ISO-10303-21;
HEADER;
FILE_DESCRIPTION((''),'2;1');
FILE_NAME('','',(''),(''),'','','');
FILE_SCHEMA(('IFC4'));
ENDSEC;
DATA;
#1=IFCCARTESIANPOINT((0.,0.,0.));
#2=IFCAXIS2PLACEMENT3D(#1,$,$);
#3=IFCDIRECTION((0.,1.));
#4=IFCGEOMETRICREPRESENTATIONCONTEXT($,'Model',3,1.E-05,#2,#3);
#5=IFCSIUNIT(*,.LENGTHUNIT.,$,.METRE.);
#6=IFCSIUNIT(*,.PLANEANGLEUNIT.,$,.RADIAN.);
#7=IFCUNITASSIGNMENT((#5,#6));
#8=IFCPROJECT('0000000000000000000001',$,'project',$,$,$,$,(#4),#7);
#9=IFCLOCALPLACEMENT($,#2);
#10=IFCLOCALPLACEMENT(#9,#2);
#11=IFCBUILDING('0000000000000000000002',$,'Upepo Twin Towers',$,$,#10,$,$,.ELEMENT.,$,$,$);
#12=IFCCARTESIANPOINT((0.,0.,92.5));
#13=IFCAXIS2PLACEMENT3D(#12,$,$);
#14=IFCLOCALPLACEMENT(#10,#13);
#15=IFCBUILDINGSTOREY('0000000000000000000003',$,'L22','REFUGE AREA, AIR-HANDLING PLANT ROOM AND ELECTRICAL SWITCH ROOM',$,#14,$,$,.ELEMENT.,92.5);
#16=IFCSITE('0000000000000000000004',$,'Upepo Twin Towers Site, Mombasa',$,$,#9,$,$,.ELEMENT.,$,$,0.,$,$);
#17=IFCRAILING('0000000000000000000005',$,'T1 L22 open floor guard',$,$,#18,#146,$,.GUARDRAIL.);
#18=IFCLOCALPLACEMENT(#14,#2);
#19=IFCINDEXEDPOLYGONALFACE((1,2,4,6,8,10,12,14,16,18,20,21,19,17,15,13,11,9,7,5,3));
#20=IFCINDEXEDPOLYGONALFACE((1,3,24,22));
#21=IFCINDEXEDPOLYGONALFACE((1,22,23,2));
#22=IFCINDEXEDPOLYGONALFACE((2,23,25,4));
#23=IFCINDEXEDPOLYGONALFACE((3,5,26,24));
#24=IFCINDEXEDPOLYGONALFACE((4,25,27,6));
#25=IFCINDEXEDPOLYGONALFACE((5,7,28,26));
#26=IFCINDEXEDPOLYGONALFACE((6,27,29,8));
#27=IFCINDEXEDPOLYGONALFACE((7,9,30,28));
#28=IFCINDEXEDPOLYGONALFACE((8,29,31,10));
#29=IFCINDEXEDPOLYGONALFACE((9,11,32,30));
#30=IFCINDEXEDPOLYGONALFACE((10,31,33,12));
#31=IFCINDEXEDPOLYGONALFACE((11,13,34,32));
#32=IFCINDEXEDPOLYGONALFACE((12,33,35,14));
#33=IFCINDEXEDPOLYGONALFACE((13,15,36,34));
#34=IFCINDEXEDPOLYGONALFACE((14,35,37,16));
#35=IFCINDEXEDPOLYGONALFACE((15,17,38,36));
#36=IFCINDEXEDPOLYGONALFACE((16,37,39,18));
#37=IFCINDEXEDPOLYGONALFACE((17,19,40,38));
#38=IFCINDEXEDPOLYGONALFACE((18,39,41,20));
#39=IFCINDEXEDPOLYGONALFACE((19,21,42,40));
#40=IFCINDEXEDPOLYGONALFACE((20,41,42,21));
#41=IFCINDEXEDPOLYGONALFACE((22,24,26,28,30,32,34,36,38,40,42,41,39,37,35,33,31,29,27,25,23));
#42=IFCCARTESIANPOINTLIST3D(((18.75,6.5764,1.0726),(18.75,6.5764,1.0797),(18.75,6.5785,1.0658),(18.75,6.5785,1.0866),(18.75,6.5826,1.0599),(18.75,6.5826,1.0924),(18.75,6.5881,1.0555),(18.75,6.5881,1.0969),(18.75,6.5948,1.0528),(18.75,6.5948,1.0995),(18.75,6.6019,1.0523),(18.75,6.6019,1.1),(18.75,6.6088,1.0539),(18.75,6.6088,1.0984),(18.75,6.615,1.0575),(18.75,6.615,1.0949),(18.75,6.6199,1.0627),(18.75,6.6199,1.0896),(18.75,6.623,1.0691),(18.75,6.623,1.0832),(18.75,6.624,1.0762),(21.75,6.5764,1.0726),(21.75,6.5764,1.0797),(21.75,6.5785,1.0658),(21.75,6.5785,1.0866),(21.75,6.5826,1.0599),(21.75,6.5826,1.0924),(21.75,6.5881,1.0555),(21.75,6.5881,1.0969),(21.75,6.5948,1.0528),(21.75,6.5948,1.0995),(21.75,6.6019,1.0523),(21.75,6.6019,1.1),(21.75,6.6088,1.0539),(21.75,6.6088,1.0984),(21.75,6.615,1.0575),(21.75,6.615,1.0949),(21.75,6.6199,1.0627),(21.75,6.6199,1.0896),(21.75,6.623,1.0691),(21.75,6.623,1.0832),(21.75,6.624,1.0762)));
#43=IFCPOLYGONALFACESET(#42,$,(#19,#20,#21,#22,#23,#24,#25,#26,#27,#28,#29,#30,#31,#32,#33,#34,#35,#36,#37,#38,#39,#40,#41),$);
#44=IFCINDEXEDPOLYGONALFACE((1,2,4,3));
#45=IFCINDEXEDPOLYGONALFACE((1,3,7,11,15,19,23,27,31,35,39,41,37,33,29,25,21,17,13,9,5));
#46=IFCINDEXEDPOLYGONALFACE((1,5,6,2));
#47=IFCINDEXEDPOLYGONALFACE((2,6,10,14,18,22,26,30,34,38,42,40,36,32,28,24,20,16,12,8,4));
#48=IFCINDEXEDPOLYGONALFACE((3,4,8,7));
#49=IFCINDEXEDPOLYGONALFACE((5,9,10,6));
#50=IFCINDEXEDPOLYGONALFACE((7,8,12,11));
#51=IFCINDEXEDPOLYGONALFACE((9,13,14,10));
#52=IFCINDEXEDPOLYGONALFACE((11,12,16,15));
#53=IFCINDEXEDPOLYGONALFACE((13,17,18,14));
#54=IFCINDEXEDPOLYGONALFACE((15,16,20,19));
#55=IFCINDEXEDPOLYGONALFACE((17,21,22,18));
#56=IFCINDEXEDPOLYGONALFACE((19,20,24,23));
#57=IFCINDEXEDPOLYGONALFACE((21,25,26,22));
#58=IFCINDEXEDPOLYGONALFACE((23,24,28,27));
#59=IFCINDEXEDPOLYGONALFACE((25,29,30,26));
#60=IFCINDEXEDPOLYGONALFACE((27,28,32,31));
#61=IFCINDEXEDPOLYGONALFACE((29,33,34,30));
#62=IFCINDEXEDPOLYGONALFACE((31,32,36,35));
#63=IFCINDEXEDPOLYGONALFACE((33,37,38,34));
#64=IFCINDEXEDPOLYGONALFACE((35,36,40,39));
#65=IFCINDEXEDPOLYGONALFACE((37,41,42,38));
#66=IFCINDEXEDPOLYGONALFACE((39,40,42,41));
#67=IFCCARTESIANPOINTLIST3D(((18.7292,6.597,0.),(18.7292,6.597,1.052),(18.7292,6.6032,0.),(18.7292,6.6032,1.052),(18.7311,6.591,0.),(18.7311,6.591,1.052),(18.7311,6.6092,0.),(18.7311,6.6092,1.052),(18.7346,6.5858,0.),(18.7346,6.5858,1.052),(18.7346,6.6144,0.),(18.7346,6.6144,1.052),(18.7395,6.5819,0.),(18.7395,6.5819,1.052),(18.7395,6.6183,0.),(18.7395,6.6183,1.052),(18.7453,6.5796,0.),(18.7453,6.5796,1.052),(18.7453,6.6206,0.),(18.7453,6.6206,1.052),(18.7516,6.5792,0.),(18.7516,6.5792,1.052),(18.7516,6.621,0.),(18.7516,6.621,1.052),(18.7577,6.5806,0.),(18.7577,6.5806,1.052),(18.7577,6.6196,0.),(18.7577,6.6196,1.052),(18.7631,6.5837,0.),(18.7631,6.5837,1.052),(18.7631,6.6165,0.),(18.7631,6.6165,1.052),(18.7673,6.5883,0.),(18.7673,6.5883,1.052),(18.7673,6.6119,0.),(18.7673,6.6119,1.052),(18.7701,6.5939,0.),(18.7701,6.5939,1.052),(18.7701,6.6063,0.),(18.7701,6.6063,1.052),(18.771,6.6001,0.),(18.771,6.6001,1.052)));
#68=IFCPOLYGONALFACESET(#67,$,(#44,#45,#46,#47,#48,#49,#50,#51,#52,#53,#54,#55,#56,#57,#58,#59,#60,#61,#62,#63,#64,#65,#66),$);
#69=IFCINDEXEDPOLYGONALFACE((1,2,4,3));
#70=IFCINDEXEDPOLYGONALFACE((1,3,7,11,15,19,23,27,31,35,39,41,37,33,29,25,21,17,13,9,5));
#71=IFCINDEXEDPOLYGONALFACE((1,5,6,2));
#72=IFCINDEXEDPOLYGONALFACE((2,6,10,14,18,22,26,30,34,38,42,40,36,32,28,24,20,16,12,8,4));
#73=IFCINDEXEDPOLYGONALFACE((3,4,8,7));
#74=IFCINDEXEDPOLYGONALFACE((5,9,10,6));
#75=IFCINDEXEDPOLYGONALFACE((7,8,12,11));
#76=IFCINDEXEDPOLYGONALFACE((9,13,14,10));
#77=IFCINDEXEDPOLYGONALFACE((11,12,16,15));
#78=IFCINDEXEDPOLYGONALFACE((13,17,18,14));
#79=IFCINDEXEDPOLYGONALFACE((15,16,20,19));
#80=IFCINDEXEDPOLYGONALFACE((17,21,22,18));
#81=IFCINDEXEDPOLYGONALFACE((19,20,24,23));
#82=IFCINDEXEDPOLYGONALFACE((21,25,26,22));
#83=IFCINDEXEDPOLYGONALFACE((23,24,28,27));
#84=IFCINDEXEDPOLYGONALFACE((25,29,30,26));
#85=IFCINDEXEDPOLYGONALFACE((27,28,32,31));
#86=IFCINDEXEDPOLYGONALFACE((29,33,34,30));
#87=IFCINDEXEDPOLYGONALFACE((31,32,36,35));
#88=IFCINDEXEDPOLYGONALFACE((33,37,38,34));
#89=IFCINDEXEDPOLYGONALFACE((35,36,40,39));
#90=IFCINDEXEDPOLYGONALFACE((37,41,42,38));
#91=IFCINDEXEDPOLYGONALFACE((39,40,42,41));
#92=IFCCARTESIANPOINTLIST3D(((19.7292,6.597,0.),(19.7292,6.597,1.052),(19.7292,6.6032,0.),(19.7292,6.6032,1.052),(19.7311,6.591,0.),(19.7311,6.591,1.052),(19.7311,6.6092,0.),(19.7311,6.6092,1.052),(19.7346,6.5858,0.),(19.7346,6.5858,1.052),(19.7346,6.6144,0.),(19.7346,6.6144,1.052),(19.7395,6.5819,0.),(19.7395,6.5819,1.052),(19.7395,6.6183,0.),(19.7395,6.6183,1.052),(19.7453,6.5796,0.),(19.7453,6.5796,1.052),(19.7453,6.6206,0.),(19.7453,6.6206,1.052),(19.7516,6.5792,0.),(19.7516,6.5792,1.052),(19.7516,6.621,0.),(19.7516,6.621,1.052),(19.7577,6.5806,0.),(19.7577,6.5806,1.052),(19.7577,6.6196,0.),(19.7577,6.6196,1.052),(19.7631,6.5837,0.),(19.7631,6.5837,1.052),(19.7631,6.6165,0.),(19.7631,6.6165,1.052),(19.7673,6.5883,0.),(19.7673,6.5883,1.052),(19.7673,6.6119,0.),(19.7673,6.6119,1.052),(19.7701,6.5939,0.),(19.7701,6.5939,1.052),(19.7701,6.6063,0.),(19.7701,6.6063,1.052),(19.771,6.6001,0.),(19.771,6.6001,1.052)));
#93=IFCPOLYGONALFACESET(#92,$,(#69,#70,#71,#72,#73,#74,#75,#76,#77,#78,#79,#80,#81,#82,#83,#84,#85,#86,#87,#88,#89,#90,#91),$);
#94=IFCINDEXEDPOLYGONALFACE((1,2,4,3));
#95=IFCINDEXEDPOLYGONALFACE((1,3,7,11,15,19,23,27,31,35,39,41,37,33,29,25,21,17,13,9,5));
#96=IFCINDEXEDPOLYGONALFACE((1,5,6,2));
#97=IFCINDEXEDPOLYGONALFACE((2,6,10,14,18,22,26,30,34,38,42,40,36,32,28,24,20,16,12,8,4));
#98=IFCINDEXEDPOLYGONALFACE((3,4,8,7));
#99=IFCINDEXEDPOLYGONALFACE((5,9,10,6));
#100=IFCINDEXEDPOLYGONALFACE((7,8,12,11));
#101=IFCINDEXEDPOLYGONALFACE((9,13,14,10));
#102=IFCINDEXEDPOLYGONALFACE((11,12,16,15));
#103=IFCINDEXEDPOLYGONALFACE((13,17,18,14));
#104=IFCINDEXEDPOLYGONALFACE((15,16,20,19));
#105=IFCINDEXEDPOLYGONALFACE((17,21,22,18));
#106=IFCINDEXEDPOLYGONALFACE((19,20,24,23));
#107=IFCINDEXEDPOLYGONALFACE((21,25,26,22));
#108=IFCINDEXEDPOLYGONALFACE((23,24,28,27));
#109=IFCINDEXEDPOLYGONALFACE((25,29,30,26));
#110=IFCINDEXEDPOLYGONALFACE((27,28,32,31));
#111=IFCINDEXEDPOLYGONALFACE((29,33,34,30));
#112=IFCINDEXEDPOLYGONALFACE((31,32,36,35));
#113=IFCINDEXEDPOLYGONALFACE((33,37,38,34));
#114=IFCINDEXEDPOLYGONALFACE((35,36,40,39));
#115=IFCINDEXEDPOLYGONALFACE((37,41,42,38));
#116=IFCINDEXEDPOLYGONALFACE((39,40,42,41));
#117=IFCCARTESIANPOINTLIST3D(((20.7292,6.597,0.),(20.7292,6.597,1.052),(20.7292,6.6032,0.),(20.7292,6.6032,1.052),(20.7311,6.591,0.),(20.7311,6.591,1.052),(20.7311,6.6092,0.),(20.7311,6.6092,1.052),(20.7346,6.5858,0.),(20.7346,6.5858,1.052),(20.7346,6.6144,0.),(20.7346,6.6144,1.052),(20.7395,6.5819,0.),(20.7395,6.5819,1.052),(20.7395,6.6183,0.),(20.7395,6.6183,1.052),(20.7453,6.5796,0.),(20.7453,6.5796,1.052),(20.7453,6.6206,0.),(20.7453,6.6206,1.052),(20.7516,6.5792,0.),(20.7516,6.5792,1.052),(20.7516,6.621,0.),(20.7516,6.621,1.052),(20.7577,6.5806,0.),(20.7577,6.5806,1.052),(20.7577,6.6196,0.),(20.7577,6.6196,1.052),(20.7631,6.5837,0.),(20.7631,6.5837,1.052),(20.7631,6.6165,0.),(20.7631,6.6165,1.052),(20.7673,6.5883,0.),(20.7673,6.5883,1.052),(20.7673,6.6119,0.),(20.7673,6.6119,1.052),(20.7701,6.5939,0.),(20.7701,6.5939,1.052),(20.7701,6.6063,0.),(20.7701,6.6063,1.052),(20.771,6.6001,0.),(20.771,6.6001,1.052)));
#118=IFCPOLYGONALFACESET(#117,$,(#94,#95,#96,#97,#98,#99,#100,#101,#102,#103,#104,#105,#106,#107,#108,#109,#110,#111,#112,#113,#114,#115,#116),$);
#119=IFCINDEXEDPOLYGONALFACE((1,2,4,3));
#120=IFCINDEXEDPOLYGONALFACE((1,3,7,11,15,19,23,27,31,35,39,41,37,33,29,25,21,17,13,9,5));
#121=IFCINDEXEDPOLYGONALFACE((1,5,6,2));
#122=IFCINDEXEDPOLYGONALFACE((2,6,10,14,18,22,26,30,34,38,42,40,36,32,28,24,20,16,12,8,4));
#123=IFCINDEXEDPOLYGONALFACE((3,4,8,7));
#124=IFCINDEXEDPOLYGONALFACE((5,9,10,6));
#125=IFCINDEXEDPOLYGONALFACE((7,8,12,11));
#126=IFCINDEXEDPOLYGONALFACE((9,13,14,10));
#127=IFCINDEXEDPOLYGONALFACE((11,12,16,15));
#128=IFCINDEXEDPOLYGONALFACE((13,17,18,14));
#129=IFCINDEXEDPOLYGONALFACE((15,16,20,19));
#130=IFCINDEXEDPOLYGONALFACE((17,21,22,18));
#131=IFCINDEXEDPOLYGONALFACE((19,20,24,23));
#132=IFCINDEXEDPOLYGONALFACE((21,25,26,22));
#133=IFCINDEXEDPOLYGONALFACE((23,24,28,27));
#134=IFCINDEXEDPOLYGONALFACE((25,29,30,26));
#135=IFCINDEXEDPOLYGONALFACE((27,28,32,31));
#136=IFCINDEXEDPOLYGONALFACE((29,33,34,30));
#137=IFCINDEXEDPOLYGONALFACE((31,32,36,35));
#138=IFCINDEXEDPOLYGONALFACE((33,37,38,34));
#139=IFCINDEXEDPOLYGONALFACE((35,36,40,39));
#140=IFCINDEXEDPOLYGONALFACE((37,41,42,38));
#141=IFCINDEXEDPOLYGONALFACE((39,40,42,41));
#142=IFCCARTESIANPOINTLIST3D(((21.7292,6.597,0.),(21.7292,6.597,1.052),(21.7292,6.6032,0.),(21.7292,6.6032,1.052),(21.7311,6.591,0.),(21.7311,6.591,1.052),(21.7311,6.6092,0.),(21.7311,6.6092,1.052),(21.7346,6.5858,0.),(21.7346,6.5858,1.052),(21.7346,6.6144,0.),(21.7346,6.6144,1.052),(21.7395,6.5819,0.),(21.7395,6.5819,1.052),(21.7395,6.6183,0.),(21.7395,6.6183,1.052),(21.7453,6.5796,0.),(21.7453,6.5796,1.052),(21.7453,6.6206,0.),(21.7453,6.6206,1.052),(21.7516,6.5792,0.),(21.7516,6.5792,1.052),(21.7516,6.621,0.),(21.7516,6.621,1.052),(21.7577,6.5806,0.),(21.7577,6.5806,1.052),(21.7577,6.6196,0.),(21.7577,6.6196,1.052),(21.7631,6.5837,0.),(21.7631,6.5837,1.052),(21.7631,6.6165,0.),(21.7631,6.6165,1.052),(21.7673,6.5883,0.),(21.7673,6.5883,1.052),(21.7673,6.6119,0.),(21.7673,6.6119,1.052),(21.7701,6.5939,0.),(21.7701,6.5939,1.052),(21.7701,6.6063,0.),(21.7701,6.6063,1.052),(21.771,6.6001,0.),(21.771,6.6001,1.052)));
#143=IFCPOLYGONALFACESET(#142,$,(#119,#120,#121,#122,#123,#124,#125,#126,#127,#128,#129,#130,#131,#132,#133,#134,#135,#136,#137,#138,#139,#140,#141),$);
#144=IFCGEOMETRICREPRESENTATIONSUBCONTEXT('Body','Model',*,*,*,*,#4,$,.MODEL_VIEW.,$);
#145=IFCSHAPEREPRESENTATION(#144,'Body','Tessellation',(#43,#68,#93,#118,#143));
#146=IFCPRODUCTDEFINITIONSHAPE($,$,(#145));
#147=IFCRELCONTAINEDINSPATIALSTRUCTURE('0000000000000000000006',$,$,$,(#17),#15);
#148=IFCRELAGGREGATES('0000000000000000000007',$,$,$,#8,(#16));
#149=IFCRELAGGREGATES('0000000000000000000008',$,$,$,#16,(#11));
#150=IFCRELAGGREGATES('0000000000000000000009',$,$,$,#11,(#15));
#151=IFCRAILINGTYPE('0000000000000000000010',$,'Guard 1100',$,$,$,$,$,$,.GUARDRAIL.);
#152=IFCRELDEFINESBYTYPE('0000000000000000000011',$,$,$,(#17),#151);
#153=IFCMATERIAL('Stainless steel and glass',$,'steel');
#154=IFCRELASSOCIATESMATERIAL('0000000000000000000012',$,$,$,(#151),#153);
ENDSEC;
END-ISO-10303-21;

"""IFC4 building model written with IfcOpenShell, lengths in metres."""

from ifc_helpers import new_model, si_unit, direction, frame, origin, origin_2d, place, context, subcontext, project, spatial, circle, extrude, material, type_object, element, save


model = new_model("IFC4")

# Units and contexts
model_context = context("Model", 3, precision=1e-05, world=origin(), true_north=direction((0.0, 1.0)))
body_context = subcontext(model_context, "Body", "Model", "MODEL_VIEW")
ifc_project = project(units=[si_unit("LENGTHUNIT", "METRE"), si_unit("PLANEANGLEUNIT", "RADIAN")], contexts=[model_context])

# Site, building, storey
site_placement = place(None, origin())
site = spatial("IfcSite", under=ifc_project, at=site_placement, Name="Upepo Twin Towers Site, Mombasa", CompositionType="ELEMENT", RefElevation=0.0)
building_placement = place(site_placement, origin())
building = spatial("IfcBuilding", under=site, at=building_placement, Name="Upepo Twin Towers", CompositionType="ELEMENT")
storey_placement = place(building_placement, frame((0.0, 0.0, 92.5)))
storey = spatial("IfcBuildingStorey", under=building, at=storey_placement, Name="L22", Description="REFUGE AREA, AIR-HANDLING PLANT ROOM AND ELECTRICAL SWITCH ROOM", CompositionType="ELEMENT", Elevation=92.5)

# Railing
ifc_material_1 = material(Name="Stainless steel and glass", Category="steel")
railing_type = type_object("IfcRailingType", Name="Guard 1100", PredefinedType="GUARDRAIL", material=ifc_material_1)
railing_1_placement = place(storey_placement, frame((18.75, 6.6001, 0.0)))
element("IfcRailing", 1, at=railing_1_placement, inside=storey, type_object=railing_type, Name="T1 L22 open floor guard", PredefinedType="GUARDRAIL", context=body_context, shape_type="SweptSolid", body=[
    extrude(circle(Radius=0.0239, at=origin_2d()), frame((0.0, 0.0, 1.0762), z_axis=(1.0, 0.0, 0.0), x_axis=(0.0, 1.0, 0.0)), (0.0, 0.0, 1.0), 3.0),
    extrude(circle(Radius=0.021, at=origin_2d()), origin(), (0.0, 0.0, 1.0), 1.052),
    extrude(circle(Radius=0.021, at=origin_2d()), frame((1.0, 0.0, 0.0)), (0.0, 0.0, 1.0), 1.052),
    extrude(circle(Radius=0.021, at=origin_2d()), frame((2.0, 0.0, 0.0)), (0.0, 0.0, 1.0), 1.052),
    extrude(circle(Radius=0.021, at=origin_2d()), frame((3.0, 0.0, 0.0)), (0.0, 0.0, 1.0), 1.052),
])

save(model, "model.ifc")
